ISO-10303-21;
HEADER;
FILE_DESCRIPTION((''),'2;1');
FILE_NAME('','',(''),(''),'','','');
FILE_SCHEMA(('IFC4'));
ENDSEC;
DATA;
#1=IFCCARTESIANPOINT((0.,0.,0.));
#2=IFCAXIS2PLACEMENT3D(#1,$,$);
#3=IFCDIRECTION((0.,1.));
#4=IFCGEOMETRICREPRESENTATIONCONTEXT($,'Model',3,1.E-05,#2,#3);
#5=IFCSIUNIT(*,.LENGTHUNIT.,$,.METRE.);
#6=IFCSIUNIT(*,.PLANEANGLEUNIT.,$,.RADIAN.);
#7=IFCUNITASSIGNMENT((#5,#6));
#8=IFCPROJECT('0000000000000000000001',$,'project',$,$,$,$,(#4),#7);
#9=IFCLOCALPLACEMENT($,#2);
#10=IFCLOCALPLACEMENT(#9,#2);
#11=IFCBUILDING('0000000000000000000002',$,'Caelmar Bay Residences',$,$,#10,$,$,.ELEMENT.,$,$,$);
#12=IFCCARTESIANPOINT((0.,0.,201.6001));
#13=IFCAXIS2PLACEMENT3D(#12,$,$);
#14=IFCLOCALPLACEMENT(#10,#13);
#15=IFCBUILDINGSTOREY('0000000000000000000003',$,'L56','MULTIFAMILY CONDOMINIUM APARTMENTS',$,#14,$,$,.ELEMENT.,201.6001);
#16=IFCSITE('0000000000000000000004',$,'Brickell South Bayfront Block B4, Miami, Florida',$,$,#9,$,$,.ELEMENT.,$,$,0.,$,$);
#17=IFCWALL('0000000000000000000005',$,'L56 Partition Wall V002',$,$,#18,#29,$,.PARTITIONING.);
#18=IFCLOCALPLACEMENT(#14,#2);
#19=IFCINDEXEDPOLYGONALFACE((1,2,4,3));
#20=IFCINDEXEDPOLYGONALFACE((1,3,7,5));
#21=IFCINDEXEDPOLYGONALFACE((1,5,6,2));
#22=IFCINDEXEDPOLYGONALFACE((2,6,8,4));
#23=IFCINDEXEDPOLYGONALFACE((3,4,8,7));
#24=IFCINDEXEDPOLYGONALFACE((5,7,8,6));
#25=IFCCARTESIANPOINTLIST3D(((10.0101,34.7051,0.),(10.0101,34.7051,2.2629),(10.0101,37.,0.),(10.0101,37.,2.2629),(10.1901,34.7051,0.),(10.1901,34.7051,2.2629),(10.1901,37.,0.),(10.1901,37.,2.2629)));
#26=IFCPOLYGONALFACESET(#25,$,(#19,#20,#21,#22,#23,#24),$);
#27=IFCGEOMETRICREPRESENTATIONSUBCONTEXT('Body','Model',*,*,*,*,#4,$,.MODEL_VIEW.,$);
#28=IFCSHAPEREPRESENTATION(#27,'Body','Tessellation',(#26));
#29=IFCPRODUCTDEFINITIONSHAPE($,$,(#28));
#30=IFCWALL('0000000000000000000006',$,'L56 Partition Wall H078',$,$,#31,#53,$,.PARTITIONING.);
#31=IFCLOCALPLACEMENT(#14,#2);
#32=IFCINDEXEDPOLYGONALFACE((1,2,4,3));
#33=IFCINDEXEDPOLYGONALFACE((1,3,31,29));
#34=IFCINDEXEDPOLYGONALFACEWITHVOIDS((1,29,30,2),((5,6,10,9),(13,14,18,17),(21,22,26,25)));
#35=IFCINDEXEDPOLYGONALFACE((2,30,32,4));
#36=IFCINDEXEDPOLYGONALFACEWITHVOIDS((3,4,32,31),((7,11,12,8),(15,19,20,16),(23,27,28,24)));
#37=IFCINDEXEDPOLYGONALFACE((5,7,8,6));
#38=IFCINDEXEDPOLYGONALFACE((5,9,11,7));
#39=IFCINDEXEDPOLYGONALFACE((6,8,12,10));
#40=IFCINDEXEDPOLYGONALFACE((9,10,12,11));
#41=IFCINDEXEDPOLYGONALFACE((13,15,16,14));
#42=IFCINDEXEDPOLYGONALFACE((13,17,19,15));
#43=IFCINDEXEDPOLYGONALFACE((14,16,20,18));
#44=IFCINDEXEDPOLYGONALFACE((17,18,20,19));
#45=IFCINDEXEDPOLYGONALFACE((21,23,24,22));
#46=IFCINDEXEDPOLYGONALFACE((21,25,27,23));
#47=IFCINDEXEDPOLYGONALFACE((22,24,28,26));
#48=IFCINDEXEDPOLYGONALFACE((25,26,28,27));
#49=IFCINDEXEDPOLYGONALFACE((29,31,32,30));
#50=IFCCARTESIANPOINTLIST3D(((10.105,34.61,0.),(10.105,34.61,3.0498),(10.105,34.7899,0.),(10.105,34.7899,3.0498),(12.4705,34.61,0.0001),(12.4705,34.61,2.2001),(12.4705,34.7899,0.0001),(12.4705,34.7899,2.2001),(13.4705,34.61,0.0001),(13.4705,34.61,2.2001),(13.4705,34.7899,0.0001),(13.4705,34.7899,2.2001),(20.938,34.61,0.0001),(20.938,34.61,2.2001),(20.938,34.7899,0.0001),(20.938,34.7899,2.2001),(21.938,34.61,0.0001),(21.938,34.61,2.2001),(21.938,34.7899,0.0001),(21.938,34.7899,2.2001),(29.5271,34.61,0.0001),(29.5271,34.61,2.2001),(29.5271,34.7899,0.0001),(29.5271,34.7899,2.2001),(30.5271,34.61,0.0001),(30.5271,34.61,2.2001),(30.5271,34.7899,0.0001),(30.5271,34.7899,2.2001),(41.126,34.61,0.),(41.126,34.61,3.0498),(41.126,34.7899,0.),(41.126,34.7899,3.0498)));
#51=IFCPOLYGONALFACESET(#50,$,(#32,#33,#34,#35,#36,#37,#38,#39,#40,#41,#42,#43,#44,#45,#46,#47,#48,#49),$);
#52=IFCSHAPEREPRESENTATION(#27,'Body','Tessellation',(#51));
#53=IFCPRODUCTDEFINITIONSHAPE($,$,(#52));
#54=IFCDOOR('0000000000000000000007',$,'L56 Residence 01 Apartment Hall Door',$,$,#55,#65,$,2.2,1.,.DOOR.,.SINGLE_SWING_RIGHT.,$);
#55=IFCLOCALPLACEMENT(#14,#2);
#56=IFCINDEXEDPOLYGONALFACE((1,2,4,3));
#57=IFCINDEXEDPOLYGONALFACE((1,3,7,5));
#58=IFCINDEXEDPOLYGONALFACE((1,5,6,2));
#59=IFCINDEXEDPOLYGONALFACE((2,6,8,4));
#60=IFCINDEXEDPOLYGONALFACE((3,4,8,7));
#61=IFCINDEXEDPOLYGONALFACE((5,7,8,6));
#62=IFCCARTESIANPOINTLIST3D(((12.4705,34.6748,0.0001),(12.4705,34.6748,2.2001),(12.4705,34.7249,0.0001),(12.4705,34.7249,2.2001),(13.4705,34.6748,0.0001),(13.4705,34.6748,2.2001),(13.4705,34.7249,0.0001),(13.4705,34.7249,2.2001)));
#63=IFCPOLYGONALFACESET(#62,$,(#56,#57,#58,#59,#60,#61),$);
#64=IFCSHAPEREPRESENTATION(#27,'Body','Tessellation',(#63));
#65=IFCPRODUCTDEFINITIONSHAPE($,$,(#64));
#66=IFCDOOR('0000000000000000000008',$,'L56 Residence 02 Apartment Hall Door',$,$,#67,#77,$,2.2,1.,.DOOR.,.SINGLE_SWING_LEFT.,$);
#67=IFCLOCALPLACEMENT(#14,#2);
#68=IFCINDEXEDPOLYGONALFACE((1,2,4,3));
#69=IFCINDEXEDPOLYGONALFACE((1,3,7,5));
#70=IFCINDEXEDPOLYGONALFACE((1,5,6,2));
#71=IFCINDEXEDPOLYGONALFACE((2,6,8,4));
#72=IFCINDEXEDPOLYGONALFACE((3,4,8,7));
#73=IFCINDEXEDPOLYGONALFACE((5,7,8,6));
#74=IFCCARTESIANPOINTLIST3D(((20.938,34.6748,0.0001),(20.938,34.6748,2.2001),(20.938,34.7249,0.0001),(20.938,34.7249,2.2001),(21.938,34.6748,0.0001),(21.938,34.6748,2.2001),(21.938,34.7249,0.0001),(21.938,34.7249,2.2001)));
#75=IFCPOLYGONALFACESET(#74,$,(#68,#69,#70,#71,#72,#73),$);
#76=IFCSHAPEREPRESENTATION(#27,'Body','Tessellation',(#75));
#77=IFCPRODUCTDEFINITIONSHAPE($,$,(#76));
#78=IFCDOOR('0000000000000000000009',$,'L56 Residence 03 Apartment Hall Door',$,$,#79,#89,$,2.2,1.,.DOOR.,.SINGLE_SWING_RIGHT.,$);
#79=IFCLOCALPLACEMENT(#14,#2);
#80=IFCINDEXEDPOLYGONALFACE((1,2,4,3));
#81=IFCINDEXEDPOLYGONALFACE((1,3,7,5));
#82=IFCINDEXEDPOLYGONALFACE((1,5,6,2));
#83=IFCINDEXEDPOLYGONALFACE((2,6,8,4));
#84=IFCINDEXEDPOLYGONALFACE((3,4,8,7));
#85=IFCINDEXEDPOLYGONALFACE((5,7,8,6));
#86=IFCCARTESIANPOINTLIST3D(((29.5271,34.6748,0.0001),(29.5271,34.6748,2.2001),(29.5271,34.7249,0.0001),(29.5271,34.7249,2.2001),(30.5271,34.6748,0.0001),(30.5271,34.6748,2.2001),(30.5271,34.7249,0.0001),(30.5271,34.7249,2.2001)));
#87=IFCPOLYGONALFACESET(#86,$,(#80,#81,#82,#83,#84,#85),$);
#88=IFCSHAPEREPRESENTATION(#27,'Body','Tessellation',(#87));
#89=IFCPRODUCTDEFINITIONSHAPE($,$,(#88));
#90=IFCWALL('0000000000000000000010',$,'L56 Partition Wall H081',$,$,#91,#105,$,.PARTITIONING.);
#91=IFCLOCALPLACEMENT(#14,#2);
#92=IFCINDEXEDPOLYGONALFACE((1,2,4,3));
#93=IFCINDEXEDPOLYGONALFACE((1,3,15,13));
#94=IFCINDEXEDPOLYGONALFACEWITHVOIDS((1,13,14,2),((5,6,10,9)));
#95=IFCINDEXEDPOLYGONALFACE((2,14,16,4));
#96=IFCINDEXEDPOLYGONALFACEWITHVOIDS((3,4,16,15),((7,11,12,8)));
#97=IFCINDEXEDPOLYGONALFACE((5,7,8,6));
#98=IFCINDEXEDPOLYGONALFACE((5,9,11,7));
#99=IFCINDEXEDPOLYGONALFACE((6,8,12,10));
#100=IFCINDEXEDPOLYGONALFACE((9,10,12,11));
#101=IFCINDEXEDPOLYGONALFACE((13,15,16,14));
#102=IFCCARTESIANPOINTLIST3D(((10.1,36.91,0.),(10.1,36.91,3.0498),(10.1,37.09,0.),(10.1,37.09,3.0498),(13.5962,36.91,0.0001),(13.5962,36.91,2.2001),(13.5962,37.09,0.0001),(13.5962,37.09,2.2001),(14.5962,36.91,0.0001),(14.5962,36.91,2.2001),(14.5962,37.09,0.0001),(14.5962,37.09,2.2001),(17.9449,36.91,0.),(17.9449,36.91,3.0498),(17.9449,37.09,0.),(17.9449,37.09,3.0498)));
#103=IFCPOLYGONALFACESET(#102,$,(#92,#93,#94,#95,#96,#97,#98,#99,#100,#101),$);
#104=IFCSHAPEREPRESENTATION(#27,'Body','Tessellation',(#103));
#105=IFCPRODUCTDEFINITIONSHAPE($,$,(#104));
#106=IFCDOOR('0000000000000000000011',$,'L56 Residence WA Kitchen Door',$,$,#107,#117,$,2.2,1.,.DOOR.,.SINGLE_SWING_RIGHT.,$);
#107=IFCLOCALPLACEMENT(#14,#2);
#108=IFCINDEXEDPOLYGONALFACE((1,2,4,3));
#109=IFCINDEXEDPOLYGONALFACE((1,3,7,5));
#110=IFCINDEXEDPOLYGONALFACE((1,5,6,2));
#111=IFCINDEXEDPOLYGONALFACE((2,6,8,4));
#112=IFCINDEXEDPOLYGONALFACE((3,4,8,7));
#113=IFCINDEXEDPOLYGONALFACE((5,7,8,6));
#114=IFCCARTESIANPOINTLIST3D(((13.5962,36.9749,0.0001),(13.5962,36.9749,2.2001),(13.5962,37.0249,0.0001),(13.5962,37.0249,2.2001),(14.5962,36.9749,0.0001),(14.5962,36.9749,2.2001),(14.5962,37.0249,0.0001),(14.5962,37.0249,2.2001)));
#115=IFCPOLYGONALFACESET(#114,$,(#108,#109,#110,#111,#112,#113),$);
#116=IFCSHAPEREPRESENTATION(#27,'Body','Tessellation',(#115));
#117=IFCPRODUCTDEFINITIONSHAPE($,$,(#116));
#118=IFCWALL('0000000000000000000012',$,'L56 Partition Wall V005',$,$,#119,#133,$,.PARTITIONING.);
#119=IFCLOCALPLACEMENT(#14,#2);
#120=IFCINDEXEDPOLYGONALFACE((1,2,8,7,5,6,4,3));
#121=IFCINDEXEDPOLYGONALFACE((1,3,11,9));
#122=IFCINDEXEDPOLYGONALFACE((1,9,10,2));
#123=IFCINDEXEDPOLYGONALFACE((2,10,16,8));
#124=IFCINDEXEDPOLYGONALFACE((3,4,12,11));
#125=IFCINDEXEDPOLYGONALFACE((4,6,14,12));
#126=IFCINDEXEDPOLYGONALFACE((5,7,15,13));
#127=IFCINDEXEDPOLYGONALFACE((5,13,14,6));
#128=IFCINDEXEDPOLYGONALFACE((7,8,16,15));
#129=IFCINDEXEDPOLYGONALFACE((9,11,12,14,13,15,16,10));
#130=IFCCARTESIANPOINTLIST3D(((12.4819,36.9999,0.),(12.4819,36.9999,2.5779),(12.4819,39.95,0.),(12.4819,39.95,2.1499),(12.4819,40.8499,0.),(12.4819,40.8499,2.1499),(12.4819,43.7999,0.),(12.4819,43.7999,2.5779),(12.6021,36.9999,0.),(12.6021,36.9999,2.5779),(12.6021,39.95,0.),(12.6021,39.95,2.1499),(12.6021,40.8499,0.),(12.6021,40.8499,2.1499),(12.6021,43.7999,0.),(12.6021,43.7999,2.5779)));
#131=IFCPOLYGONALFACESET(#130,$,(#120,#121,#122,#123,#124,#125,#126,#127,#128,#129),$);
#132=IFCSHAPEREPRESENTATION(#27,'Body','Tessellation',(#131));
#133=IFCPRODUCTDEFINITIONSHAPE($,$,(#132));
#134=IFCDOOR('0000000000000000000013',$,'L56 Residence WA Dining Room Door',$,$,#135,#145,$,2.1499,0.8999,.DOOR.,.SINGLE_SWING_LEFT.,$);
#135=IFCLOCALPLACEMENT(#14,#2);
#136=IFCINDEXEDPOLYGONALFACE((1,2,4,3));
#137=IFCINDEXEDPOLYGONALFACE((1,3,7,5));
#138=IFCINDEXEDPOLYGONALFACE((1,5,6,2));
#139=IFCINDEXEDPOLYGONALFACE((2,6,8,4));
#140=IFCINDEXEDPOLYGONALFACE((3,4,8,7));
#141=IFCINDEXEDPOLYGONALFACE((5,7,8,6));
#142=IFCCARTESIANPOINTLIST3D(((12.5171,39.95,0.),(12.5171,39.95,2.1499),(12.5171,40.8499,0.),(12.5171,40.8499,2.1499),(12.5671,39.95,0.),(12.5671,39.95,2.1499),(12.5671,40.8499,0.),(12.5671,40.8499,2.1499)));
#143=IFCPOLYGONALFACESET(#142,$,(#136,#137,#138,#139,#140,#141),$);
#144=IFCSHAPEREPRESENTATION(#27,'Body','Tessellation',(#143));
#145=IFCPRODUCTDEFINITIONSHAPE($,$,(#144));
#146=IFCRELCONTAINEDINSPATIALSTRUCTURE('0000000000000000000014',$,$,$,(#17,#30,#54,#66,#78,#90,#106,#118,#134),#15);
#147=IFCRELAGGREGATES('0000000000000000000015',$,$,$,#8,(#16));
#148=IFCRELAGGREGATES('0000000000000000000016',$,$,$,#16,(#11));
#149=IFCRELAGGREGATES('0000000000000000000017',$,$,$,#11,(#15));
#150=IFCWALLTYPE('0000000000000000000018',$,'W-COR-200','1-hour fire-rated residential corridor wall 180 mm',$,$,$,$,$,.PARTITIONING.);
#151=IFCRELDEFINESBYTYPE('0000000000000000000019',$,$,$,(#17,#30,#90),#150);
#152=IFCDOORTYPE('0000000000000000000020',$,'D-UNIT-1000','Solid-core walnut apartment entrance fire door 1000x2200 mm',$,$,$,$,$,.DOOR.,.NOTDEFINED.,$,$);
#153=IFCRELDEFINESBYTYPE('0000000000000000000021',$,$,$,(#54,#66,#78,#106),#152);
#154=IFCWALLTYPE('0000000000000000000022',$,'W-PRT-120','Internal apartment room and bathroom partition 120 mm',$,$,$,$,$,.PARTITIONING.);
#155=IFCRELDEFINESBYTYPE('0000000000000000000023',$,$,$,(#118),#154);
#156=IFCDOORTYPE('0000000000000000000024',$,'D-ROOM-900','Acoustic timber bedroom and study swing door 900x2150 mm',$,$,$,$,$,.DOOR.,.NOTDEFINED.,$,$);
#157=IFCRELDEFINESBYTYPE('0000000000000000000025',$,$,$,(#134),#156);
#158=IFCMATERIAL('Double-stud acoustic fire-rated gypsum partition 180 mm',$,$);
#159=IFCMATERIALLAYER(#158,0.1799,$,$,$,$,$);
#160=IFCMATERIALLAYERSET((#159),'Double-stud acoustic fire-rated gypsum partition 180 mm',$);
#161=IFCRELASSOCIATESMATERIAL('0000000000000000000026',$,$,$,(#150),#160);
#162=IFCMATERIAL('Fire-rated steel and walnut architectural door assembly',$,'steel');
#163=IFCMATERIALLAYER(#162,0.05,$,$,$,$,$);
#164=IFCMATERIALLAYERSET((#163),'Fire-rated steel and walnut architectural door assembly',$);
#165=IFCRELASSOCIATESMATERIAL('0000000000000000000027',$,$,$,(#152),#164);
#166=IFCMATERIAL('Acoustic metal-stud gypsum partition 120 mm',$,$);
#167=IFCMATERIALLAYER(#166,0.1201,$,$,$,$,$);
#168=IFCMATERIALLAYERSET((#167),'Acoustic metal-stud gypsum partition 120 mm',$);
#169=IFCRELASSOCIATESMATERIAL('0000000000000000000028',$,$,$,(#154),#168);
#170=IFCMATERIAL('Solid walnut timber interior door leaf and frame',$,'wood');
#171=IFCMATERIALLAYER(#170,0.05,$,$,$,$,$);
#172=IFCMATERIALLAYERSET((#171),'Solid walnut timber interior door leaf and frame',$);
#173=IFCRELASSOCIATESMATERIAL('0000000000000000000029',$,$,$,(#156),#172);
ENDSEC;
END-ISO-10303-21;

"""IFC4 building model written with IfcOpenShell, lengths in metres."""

from ifc_helpers import new_model, si_unit, direction, frame, frame_2d, origin, place, context, subcontext, project, spatial, rectangle, extrude, material, layer, layer_set, type_object, element, fill, save


model = new_model("IFC4")

# Units and contexts
model_context = context("Model", 3, precision=1e-05, world=origin(), true_north=direction((0.0, 1.0)))
body_context = subcontext(model_context, "Body", "Model", "MODEL_VIEW")
ifc_project = project(units=[si_unit("LENGTHUNIT", "METRE"), si_unit("PLANEANGLEUNIT", "RADIAN")], contexts=[model_context])

# Site, building, storey
site_placement = place(None, origin())
site = spatial("IfcSite", under=ifc_project, at=site_placement, Name="Brickell South Bayfront Block B4, Miami, Florida", CompositionType="ELEMENT", RefElevation=0.0)
building_placement = place(site_placement, origin())
building = spatial("IfcBuilding", under=site, at=building_placement, Name="Caelmar Bay Residences", CompositionType="ELEMENT")
storey_placement = place(building_placement, frame((0.0, 0.0, 201.6001)))
storey = spatial("IfcBuildingStorey", under=building, at=storey_placement, Name="L56", Description="MULTIFAMILY CONDOMINIUM APARTMENTS", CompositionType="ELEMENT", Elevation=201.6001)

# Wall
ifc_material_1 = material(Name="Double-stud acoustic fire-rated gypsum partition 180 mm")
ifc_layer_1 = layer(ifc_material_1, 0.1799)
ifc_layer_set_1 = layer_set([ifc_layer_1], Name="Double-stud acoustic fire-rated gypsum partition 180 mm")
wall_type_1 = type_object("IfcWallType", Name="W-COR-200", Description="1-hour fire-rated residential corridor wall 180 mm", PredefinedType="PARTITIONING", material=ifc_layer_set_1)
wall_1_placement = place(storey_placement, frame((10.1001, 34.7051, 0.0), z_axis=(0.0, 0.0, 1.0), x_axis=(0.0, 1.0, 0.0)))
element("IfcWall", 1, at=wall_1_placement, inside=storey, type_object=wall_type_1, Name="L56 Partition Wall V002", PredefinedType="PARTITIONING", context=body_context, shape_type="SweptSolid", body=[
    extrude(rectangle(XDim=2.2949, YDim=0.1799, at=frame_2d((1.1475, 0.0))), origin(), (0.0, 0.0, 1.0), 2.2629),
])

# Wall, openings, doors
wall_2_placement = place(storey_placement, frame((10.105, 34.7, 0.0), z_axis=(0.0, 0.0, 1.0), x_axis=(1.0, 0.0, 0.0)))
wall_2 = element("IfcWall", 2, at=wall_2_placement, inside=storey, type_object=wall_type_1, Name="L56 Partition Wall H078", PredefinedType="PARTITIONING", context=body_context, shape_type="SweptSolid", body=[
    extrude(rectangle(XDim=31.021, YDim=0.1799, at=frame_2d((15.5105, 0.0))), origin(), (0.0, 0.0, 1.0), 3.0498),
])
opening_1_placement = place(wall_2_placement, frame((2.3655, 0.0, 0.0)))
opening_1 = element("IfcOpeningElement", 3, at=opening_1_placement, cuts=wall_2, PredefinedType="OPENING", context=body_context, shape_type="SweptSolid", body=[
    extrude(rectangle(XDim=1.0, YDim=2.2, at=frame_2d((0.5, 1.1001))), frame((0.0, 0.0999, 0.0), z_axis=(0.0, -1.0, 0.0), x_axis=(1.0, 0.0, 0.0)), (0.0, 0.0, 1.0), 0.2),
])
opening_2_placement = place(wall_2_placement, frame((10.833, 0.0, 0.0)))
opening_2 = element("IfcOpeningElement", 4, at=opening_2_placement, cuts=wall_2, PredefinedType="OPENING", context=body_context, shape_type="SweptSolid", body=[
    extrude(rectangle(XDim=1.0, YDim=2.2, at=frame_2d((0.5, 1.1001))), frame((0.0, 0.0999, 0.0), z_axis=(0.0, -1.0, 0.0), x_axis=(1.0, 0.0, 0.0)), (0.0, 0.0, 1.0), 0.2),
])
opening_3_placement = place(wall_2_placement, frame((19.4221, 0.0, 0.0)))
opening_3 = element("IfcOpeningElement", 5, at=opening_3_placement, cuts=wall_2, PredefinedType="OPENING", context=body_context, shape_type="SweptSolid", body=[
    extrude(rectangle(XDim=1.0, YDim=2.2, at=frame_2d((0.5, 1.1001))), frame((0.0, 0.0999, 0.0), z_axis=(0.0, -1.0, 0.0), x_axis=(1.0, 0.0, 0.0)), (0.0, 0.0, 1.0), 0.2),
])
ifc_material_2 = material(Name="Fire-rated steel and walnut architectural door assembly", Category="steel")
ifc_layer_2 = layer(ifc_material_2, 0.05)
ifc_layer_set_2 = layer_set([ifc_layer_2], Name="Fire-rated steel and walnut architectural door assembly")
door_type_1 = type_object("IfcDoorType", Name="D-UNIT-1000", Description="Solid-core walnut apartment entrance fire door 1000x2200 mm", OperationType="NOTDEFINED", PredefinedType="DOOR", material=ifc_layer_set_2)
door_1_placement = place(opening_1_placement, origin())
door_1 = element("IfcDoor", 6, at=door_1_placement, inside=storey, type_object=door_type_1, Name="L56 Residence 01 Apartment Hall Door", OperationType="SINGLE_SWING_RIGHT", OverallHeight=2.2, OverallWidth=1.0, PredefinedType="DOOR", context=body_context, shape_type="SweptSolid", body=[
    extrude(rectangle(XDim=1.0, YDim=2.2, at=frame_2d((0.5, 1.1001))), frame((0.0, 0.0249, 0.0), z_axis=(0.0, -1.0, 0.0), x_axis=(1.0, 0.0, 0.0)), (0.0, 0.0, 1.0), 0.05),
])
fill(opening_1, door_1)
door_2_placement = place(opening_2_placement, origin())
door_2 = element("IfcDoor", 7, at=door_2_placement, inside=storey, type_object=door_type_1, Name="L56 Residence 02 Apartment Hall Door", OperationType="SINGLE_SWING_LEFT", OverallHeight=2.2, OverallWidth=1.0, PredefinedType="DOOR", context=body_context, shape_type="SweptSolid", body=[
    extrude(rectangle(XDim=1.0, YDim=2.2, at=frame_2d((0.5, 1.1001))), frame((0.0, 0.0249, 0.0), z_axis=(0.0, -1.0, 0.0), x_axis=(1.0, 0.0, 0.0)), (0.0, 0.0, 1.0), 0.05),
])
fill(opening_2, door_2)
door_3_placement = place(opening_3_placement, origin())
door_3 = element("IfcDoor", 8, at=door_3_placement, inside=storey, type_object=door_type_1, Name="L56 Residence 03 Apartment Hall Door", OperationType="SINGLE_SWING_RIGHT", OverallHeight=2.2, OverallWidth=1.0, PredefinedType="DOOR", context=body_context, shape_type="SweptSolid", body=[
    extrude(rectangle(XDim=1.0, YDim=2.2, at=frame_2d((0.5, 1.1001))), frame((0.0, 0.0249, 0.0), z_axis=(0.0, -1.0, 0.0), x_axis=(1.0, 0.0, 0.0)), (0.0, 0.0, 1.0), 0.05),
])
fill(opening_3, door_3)

# Walls, openings, doors
wall_3_placement = place(storey_placement, frame((10.1001, 37.0, 0.0), z_axis=(0.0, 0.0, 1.0), x_axis=(1.0, 0.0, 0.0)))
wall_3 = element("IfcWall", 9, at=wall_3_placement, inside=storey, type_object=wall_type_1, Name="L56 Partition Wall H081", PredefinedType="PARTITIONING", context=body_context, shape_type="SweptSolid", body=[
    extrude(rectangle(XDim=7.845, YDim=0.1799, at=frame_2d((3.9224, 0.0))), origin(), (0.0, 0.0, 1.0), 3.0498),
])
opening_4_placement = place(wall_3_placement, frame((3.4961, 0.0, 0.0)))
opening_4 = element("IfcOpeningElement", 10, at=opening_4_placement, cuts=wall_3, PredefinedType="OPENING", context=body_context, shape_type="SweptSolid", body=[
    extrude(rectangle(XDim=1.0, YDim=2.2, at=frame_2d((0.5, 1.1001))), frame((0.0, 0.0999, 0.0), z_axis=(0.0, -1.0, 0.0), x_axis=(1.0, 0.0, 0.0)), (0.0, 0.0, 1.0), 0.2),
])
door_4_placement = place(opening_4_placement, origin())
door_4 = element("IfcDoor", 11, at=door_4_placement, inside=storey, type_object=door_type_1, Name="L56 Residence WA Kitchen Door", OperationType="SINGLE_SWING_RIGHT", OverallHeight=2.2, OverallWidth=1.0, PredefinedType="DOOR", context=body_context, shape_type="SweptSolid", body=[
    extrude(rectangle(XDim=1.0, YDim=2.2, at=frame_2d((0.5, 1.1001))), frame((0.0, 0.0249, 0.0), z_axis=(0.0, -1.0, 0.0), x_axis=(1.0, 0.0, 0.0)), (0.0, 0.0, 1.0), 0.05),
])
fill(opening_4, door_4)
ifc_material_3 = material(Name="Acoustic metal-stud gypsum partition 120 mm")
ifc_layer_3 = layer(ifc_material_3, 0.1201)
ifc_layer_set_3 = layer_set([ifc_layer_3], Name="Acoustic metal-stud gypsum partition 120 mm")
wall_type_2 = type_object("IfcWallType", Name="W-PRT-120", Description="Internal apartment room and bathroom partition 120 mm", PredefinedType="PARTITIONING", material=ifc_layer_set_3)
wall_4_placement = place(storey_placement, frame((12.542, 37.0, 0.0), z_axis=(0.0, 0.0, 1.0), x_axis=(0.0, 1.0, 0.0)))
wall_4 = element("IfcWall", 12, at=wall_4_placement, inside=storey, type_object=wall_type_2, Name="L56 Partition Wall V005", PredefinedType="PARTITIONING", context=body_context, shape_type="SweptSolid", body=[
    extrude(rectangle(XDim=6.8, YDim=0.1201, at=frame_2d((3.3999, 0.0))), origin(), (0.0, 0.0, 1.0), 2.5779),
])
opening_5_placement = place(wall_4_placement, frame((2.95, 0.0, 0.0)))
opening_5 = element("IfcOpeningElement", 13, at=opening_5_placement, cuts=wall_4, PredefinedType="OPENING", context=body_context, shape_type="SweptSolid", body=[
    extrude(rectangle(XDim=0.8999, YDim=2.1499, at=frame_2d((0.45, 1.075))), frame((0.0, 0.0701, 0.0), z_axis=(0.0, -1.0, 0.0), x_axis=(1.0, 0.0, 0.0)), (0.0, 0.0, 1.0), 0.1401),
])
ifc_material_4 = material(Name="Solid walnut timber interior door leaf and frame", Category="wood")
ifc_layer_4 = layer(ifc_material_4, 0.05)
ifc_layer_set_4 = layer_set([ifc_layer_4], Name="Solid walnut timber interior door leaf and frame")
door_type_2 = type_object("IfcDoorType", Name="D-ROOM-900", Description="Acoustic timber bedroom and study swing door 900x2150 mm", OperationType="NOTDEFINED", PredefinedType="DOOR", material=ifc_layer_set_4)
door_5_placement = place(opening_5_placement, origin())
door_5 = element("IfcDoor", 14, at=door_5_placement, inside=storey, type_object=door_type_2, Name="L56 Residence WA Dining Room Door", OperationType="SINGLE_SWING_LEFT", OverallHeight=2.1499, OverallWidth=0.8999, PredefinedType="DOOR", context=body_context, shape_type="SweptSolid", body=[
    extrude(rectangle(XDim=0.8999, YDim=2.1499, at=frame_2d((0.45, 1.075))), frame((0.0, 0.0249, 0.0), z_axis=(0.0, -1.0, 0.0), x_axis=(1.0, 0.0, 0.0)), (0.0, 0.0, 1.0), 0.05),
])
fill(opening_5, door_5)

save(model, "model.ifc")
